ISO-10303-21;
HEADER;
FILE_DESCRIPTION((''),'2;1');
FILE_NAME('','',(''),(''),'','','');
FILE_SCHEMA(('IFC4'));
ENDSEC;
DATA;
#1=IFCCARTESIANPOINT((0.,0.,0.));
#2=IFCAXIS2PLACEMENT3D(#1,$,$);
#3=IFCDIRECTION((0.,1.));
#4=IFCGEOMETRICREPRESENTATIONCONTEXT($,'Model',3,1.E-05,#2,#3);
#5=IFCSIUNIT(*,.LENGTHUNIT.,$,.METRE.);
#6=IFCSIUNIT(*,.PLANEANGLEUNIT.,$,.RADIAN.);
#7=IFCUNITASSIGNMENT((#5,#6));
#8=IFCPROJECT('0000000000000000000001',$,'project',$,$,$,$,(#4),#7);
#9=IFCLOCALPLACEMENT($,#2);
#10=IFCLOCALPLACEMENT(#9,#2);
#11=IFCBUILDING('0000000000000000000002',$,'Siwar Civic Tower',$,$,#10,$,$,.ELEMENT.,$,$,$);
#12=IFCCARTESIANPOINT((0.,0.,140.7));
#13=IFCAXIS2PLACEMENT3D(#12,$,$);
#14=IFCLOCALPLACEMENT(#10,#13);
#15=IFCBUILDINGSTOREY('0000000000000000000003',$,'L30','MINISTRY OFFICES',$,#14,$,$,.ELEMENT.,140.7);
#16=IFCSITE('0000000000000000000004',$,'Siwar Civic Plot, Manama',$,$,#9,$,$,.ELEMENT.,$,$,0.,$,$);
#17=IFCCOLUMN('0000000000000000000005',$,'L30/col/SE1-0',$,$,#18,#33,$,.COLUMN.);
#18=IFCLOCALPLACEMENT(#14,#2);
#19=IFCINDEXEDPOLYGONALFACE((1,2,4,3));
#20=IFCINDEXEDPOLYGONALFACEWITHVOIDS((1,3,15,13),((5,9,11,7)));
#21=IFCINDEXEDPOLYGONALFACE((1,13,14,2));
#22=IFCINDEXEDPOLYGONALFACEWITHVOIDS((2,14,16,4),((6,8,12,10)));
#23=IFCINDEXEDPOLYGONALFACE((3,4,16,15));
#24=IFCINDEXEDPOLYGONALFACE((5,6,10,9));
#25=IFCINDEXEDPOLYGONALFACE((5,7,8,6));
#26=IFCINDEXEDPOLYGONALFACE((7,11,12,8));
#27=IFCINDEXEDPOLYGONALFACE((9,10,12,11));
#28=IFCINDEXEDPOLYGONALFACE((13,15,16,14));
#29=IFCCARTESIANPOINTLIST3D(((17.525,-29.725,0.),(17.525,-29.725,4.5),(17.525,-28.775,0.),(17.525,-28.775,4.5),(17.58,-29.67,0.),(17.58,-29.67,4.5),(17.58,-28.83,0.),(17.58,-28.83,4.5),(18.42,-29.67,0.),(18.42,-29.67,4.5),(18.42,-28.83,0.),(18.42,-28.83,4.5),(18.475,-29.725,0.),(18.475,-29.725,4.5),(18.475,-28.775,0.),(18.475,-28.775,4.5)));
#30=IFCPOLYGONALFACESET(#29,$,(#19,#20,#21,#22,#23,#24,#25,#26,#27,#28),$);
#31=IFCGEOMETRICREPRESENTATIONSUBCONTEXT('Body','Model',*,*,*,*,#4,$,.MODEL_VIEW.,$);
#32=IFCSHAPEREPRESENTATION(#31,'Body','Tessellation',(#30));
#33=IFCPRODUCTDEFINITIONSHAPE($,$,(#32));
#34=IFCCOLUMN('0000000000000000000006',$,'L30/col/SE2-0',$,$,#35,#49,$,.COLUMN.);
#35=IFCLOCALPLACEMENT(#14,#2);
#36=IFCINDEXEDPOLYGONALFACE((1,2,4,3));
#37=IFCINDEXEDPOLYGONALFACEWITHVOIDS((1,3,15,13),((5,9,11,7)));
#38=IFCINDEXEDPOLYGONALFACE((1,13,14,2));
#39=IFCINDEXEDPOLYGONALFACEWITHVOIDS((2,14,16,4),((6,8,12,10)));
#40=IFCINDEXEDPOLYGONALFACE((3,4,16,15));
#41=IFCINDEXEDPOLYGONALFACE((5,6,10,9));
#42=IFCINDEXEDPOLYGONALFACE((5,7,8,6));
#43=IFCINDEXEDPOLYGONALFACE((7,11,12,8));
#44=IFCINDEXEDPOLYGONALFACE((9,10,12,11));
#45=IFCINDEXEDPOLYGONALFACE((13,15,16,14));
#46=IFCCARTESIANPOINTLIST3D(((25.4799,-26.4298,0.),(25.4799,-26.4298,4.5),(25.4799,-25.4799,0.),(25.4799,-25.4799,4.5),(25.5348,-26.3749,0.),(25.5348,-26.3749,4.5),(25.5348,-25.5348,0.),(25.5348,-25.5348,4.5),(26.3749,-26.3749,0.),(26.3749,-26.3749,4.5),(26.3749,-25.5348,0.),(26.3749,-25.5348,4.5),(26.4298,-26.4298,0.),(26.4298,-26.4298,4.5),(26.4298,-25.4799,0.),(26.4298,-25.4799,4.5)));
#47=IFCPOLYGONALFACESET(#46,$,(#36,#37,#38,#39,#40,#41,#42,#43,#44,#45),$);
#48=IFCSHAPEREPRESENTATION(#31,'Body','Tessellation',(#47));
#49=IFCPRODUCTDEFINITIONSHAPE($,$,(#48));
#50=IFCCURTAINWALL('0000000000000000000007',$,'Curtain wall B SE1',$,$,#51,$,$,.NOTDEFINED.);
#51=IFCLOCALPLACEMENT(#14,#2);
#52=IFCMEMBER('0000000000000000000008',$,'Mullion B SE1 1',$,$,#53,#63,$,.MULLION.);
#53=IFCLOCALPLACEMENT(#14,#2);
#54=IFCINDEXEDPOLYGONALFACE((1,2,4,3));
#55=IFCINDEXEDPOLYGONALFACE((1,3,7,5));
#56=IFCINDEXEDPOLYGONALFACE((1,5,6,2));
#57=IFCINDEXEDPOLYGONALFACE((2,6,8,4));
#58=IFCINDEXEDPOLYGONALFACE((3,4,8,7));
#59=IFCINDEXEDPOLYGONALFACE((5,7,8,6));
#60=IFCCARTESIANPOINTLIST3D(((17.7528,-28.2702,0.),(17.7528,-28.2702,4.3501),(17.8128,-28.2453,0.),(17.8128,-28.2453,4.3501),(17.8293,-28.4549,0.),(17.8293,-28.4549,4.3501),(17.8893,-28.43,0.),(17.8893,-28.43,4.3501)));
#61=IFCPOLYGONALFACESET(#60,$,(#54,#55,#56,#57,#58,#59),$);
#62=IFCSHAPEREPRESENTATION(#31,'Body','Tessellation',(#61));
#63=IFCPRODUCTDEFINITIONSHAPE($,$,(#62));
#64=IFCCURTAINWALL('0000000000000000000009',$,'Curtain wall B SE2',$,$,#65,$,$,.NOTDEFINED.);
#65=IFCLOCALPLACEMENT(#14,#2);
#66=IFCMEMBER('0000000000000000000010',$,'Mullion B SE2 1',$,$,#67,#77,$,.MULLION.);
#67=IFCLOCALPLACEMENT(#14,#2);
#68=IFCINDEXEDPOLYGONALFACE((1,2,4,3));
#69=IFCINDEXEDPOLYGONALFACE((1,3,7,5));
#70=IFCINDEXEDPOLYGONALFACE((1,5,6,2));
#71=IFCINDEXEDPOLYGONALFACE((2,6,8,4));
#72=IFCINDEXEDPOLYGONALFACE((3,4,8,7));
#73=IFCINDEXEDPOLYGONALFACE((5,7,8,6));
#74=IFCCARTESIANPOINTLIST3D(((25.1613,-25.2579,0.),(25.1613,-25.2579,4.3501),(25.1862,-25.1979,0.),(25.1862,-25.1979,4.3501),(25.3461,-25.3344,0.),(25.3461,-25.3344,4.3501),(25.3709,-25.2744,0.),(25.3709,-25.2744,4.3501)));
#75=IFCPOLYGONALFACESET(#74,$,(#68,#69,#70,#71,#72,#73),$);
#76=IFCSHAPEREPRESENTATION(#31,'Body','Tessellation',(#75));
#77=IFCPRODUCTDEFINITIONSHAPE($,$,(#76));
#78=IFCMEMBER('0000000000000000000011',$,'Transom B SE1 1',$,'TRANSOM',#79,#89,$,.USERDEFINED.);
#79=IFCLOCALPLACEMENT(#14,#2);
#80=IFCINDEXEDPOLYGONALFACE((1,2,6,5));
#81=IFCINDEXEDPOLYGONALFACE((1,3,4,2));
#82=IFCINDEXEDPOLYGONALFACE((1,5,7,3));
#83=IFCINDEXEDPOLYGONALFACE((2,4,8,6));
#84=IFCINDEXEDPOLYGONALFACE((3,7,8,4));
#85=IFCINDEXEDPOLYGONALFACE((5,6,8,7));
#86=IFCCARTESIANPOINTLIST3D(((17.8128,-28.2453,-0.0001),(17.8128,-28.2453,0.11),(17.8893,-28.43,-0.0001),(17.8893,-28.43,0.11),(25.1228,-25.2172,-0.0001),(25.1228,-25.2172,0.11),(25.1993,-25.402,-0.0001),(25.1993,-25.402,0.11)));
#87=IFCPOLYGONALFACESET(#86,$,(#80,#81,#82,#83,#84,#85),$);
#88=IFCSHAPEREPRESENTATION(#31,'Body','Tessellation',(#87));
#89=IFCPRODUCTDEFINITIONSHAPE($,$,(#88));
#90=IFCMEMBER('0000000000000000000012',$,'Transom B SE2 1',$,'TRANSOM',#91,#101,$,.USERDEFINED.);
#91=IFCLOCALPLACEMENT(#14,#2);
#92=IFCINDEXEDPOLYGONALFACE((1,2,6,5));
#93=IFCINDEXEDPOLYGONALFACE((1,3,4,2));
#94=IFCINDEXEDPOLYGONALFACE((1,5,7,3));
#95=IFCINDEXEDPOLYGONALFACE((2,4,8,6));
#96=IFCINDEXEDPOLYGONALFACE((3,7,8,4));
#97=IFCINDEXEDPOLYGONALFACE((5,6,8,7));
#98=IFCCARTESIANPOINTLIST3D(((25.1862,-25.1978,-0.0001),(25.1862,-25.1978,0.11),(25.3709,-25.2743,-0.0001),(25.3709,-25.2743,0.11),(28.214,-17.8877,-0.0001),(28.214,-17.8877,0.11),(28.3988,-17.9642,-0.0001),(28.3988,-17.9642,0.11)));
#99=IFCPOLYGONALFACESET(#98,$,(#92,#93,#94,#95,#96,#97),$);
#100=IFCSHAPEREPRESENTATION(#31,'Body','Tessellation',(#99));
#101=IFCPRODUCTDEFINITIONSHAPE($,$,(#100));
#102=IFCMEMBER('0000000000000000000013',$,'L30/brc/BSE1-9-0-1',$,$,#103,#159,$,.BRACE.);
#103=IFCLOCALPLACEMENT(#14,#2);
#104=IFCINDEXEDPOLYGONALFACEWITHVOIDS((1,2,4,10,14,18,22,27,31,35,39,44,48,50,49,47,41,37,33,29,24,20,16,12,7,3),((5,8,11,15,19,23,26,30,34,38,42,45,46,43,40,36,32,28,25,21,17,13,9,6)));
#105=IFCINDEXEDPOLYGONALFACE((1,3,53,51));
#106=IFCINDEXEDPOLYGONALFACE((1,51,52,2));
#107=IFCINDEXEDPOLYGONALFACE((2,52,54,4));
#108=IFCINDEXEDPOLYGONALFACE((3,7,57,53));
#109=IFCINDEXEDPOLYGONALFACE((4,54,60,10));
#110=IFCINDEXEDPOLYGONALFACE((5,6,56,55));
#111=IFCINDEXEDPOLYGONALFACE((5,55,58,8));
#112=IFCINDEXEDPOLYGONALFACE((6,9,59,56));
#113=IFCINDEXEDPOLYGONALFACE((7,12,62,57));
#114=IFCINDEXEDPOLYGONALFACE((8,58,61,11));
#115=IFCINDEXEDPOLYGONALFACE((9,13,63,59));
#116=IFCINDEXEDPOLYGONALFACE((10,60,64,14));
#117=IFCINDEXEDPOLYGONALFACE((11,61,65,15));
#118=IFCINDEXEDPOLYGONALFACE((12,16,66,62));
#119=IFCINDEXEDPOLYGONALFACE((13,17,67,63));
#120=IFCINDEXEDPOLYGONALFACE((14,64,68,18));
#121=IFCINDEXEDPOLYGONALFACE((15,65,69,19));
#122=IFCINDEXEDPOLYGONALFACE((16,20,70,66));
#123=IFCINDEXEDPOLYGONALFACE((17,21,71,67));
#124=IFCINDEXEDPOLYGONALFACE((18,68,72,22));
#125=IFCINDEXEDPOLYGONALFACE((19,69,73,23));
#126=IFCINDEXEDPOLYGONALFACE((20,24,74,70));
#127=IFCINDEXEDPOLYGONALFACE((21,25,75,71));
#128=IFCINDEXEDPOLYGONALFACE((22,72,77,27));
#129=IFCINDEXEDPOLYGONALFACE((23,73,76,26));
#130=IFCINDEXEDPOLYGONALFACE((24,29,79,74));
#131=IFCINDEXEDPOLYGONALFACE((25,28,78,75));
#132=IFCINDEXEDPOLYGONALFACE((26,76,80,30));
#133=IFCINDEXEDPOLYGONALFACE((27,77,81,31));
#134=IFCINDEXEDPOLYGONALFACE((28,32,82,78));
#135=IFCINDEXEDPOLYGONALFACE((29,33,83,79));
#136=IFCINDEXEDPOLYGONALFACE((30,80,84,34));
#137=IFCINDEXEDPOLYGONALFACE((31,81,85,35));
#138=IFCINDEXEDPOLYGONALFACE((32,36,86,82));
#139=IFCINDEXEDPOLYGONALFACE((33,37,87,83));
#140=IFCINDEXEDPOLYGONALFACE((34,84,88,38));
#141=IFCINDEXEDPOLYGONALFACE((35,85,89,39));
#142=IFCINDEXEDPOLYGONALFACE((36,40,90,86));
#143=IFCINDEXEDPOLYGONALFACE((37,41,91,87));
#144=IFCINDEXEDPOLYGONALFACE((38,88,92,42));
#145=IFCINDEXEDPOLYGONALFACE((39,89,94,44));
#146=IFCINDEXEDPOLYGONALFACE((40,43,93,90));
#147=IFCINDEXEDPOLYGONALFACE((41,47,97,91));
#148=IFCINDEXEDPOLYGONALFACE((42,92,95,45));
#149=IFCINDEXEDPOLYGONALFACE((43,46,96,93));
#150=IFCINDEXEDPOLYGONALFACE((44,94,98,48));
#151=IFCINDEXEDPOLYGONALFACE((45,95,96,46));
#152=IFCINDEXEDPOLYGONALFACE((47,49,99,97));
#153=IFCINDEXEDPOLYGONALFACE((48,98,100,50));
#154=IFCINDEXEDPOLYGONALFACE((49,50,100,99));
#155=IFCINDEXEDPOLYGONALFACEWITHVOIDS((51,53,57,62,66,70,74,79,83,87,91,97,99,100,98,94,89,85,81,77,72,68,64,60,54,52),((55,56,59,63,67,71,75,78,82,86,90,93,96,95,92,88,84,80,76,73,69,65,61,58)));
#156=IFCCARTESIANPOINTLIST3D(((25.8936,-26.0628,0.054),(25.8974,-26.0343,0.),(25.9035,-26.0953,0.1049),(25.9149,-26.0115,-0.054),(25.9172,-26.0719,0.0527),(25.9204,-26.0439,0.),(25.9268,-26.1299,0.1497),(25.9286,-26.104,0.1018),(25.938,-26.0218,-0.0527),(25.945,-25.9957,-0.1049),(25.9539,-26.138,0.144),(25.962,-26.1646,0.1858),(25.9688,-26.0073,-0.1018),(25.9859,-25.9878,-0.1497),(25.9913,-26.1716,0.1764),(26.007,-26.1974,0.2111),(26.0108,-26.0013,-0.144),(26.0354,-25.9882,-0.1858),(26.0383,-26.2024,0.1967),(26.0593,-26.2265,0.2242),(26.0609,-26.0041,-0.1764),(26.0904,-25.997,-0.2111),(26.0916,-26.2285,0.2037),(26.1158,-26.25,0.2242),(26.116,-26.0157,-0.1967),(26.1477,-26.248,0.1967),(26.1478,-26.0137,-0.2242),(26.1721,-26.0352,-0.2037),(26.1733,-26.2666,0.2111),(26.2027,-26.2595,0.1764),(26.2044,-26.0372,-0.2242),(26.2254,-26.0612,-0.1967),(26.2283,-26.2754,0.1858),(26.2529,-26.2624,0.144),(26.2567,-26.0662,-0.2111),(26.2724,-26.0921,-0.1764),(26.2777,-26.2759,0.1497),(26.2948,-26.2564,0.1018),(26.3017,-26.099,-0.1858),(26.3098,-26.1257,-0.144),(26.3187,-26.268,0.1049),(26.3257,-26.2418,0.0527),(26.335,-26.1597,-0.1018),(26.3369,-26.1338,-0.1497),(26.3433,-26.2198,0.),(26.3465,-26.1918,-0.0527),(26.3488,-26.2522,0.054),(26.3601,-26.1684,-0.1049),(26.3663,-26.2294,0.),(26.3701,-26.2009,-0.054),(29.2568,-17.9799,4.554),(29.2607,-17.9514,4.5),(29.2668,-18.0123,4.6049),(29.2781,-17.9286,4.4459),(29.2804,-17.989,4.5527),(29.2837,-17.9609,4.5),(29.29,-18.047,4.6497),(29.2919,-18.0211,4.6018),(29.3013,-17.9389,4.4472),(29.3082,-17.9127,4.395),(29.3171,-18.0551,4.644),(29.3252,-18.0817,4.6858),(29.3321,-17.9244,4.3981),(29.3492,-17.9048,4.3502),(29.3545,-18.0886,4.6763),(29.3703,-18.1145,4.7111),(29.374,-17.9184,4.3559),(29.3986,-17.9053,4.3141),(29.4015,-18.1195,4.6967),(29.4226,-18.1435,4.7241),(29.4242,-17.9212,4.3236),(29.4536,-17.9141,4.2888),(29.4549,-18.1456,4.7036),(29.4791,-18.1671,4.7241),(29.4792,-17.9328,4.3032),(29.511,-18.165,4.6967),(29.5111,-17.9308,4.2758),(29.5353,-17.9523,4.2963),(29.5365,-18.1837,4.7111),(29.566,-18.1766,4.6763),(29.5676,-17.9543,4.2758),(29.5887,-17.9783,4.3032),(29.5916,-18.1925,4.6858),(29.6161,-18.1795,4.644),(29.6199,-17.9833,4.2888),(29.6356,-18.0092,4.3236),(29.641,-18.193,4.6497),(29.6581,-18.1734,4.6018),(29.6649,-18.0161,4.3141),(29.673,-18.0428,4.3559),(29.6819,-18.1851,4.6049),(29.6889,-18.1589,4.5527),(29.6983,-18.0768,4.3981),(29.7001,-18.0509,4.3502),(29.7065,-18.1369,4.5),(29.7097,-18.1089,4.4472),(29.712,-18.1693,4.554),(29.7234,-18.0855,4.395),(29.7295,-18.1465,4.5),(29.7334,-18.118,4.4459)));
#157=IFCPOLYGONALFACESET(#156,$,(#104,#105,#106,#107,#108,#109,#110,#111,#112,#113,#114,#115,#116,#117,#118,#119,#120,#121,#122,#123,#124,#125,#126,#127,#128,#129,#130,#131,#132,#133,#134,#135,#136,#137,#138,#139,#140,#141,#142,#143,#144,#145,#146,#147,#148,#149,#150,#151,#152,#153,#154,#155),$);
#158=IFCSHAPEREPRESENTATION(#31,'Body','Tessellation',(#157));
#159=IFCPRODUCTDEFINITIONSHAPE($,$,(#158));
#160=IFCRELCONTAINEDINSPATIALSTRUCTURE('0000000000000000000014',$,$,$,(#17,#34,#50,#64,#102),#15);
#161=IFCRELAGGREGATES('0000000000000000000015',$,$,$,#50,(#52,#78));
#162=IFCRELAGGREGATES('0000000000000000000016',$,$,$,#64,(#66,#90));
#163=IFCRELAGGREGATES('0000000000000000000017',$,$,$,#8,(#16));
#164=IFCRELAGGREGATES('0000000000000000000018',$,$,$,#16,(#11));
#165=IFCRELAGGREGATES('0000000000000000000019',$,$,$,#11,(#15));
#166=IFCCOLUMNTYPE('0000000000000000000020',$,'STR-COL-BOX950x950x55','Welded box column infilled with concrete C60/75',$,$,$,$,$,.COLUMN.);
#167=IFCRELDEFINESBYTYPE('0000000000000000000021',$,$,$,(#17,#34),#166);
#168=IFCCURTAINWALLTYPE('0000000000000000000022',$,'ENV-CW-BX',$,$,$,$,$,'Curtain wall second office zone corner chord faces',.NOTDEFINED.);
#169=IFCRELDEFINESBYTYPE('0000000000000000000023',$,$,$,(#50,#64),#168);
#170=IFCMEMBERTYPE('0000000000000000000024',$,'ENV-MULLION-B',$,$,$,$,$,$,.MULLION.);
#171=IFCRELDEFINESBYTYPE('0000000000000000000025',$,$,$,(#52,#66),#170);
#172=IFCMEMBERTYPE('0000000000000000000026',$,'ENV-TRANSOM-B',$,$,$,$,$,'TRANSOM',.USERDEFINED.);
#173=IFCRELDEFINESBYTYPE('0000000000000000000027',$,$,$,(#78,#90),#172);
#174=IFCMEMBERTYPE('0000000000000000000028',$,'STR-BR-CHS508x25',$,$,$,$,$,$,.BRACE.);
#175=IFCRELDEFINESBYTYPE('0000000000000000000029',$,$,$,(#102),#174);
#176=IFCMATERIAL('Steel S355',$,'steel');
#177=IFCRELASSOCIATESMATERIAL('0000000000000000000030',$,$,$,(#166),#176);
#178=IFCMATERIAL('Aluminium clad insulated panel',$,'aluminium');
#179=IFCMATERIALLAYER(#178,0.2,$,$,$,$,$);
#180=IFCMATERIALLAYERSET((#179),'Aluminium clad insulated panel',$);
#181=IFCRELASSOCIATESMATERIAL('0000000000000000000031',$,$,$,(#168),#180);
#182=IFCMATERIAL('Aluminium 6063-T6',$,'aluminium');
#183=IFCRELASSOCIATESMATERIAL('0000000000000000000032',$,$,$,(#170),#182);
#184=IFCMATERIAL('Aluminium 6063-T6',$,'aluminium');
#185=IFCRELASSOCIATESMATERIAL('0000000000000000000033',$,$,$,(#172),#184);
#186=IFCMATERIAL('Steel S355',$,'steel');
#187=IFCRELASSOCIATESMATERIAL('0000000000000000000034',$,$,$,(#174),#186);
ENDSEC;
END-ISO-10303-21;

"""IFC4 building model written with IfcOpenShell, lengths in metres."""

from ifc_helpers import new_model, si_unit, direction, frame, origin, origin_2d, place, context, subcontext, project, spatial, rectangle, hollow_rectangle, hollow_circle, extrude, material, layer, layer_set, material_profile, profile_set, type_object, element, aggregate, save


model = new_model("IFC4")

# Units and contexts
model_context = context("Model", 3, precision=1e-05, world=origin(), true_north=direction((0.0, 1.0)))
body_context = subcontext(model_context, "Body", "Model", "MODEL_VIEW")
ifc_project = project(units=[si_unit("LENGTHUNIT", "METRE"), si_unit("PLANEANGLEUNIT", "RADIAN")], contexts=[model_context])

# Site, building, storey
site_placement = place(None, origin())
site = spatial("IfcSite", under=ifc_project, at=site_placement, Name="Siwar Civic Plot, Manama", CompositionType="ELEMENT", RefElevation=0.0)
building_placement = place(site_placement, origin())
building = spatial("IfcBuilding", under=site, at=building_placement, Name="Siwar Civic Tower", CompositionType="ELEMENT")
storey_placement = place(building_placement, frame((0.0, 0.0, 140.7)))
storey = spatial("IfcBuildingStorey", under=building, at=storey_placement, Name="L30", Description="MINISTRY OFFICES", CompositionType="ELEMENT", Elevation=140.7)

# Columns
ifc_material_1 = material(Name="Steel S355", Category="steel")
ifc_material_profile_1 = material_profile(ifc_material_1, hollow_rectangle(XDim=0.95, YDim=0.95, WallThickness=0.0549, at=origin_2d()), Name="BOX950x950x55")
ifc_profile_set_1 = profile_set([ifc_material_profile_1], Name="Steel S355")
column_type = type_object("IfcColumnType", Name="STR-COL-BOX950x950x55", Description="Welded box column infilled with concrete C60/75", PredefinedType="COLUMN", material=ifc_profile_set_1)
for number, where, z_axis, x_axis, name in (
    (1, (18.0, -29.25, 0.0), (0.0, 0.0, 1.0), (1.0, 0.0, 0.0), "L30/col/SE1-0"),
    (2, (25.9548, -25.9548, 0.0), (0.0, 0.0, 1.0), (1.0, 0.0, 0.0), "L30/col/SE2-0"),
):
    element("IfcColumn", number, at=place(storey_placement, frame(where, z_axis=z_axis, x_axis=x_axis)), inside=storey, type_object=column_type, Name=name, PredefinedType="COLUMN", context=body_context, shape_type="SweptSolid", body=[
        extrude(hollow_rectangle(XDim=0.95, YDim=0.95, WallThickness=0.0549, at=origin_2d()), origin(), (0.0, 0.0, 1.0), 4.5),
    ])

# Curtain walls, members
ifc_material_2 = material(Name="Aluminium clad insulated panel", Category="aluminium")
ifc_layer_1 = layer(ifc_material_2, 0.2)
ifc_layer_set_1 = layer_set([ifc_layer_1], Name="Aluminium clad insulated panel")
curtain_wall_type = type_object("IfcCurtainWallType", Name="ENV-CW-BX", ElementType="Curtain wall second office zone corner chord faces", PredefinedType="NOTDEFINED", material=ifc_layer_set_1)
curtain_wall_1_placement = place(storey_placement, origin())
curtain_wall_1 = element("IfcCurtainWall", 3, at=curtain_wall_1_placement, inside=storey, type_object=curtain_wall_type, Name="Curtain wall B SE1", PredefinedType="NOTDEFINED")
ifc_material_3 = material(Name="Aluminium 6063-T6", Category="aluminium")
ifc_material_profile_2 = material_profile(ifc_material_3, rectangle(XDim=0.2, YDim=0.0649, at=origin_2d()), Name="AL 200x65")
ifc_profile_set_2 = profile_set([ifc_material_profile_2], Name="Aluminium 6063-T6")
member_type_1 = type_object("IfcMemberType", Name="ENV-MULLION-B", PredefinedType="MULLION", material=ifc_profile_set_2)
member_1_placement = place(storey_placement, frame((17.821, -28.3501, 0.0), z_axis=(0.0, 0.0, 1.0), x_axis=(-0.382683, 0.92388, 0.0)))
member_1 = element("IfcMember", 4, at=member_1_placement, type_object=member_type_1, Name="Mullion B SE1 1", PredefinedType="MULLION", context=body_context, shape_type="SweptSolid", body=[
    extrude(rectangle(XDim=0.2, YDim=0.0649, at=origin_2d()), origin(), (0.0, 0.0, 1.0), 4.3501),
])
curtain_wall_2_placement = place(storey_placement, origin())
curtain_wall_2 = element("IfcCurtainWall", 5, at=curtain_wall_2_placement, inside=storey, type_object=curtain_wall_type, Name="Curtain wall B SE2", PredefinedType="NOTDEFINED")
member_2_placement = place(storey_placement, frame((25.2661, -25.2661, 0.0), z_axis=(0.0, 0.0, 1.0), x_axis=(-0.92388, 0.382683, 0.0)))
member_2 = element("IfcMember", 6, at=member_2_placement, type_object=member_type_1, Name="Mullion B SE2 1", PredefinedType="MULLION", context=body_context, shape_type="SweptSolid", body=[
    extrude(rectangle(XDim=0.2, YDim=0.0649, at=origin_2d()), origin(), (0.0, 0.0, 1.0), 4.3501),
])

# Members
ifc_material_4 = material(Name="Aluminium 6063-T6", Category="aluminium")
ifc_material_profile_3 = material_profile(ifc_material_4, rectangle(XDim=0.2, YDim=0.1101, at=origin_2d()), Name="AL 200x110")
ifc_profile_set_3 = profile_set([ifc_material_profile_3], Name="Aluminium 6063-T6")
member_type_2 = type_object("IfcMemberType", Name="ENV-TRANSOM-B", ElementType="TRANSOM", PredefinedType="USERDEFINED", material=ifc_profile_set_3)
member_3_placement = place(storey_placement, frame((17.8511, -28.3376, 0.0549), z_axis=(0.923873, 0.3827, 0.0), x_axis=(-0.3827, 0.923873, 0.0)))
member_3 = element("IfcMember", 7, at=member_3_placement, type_object=member_type_2, Name="Transom B SE1 1", ObjectType="TRANSOM", PredefinedType="USERDEFINED", context=body_context, shape_type="SweptSolid", body=[
    extrude(rectangle(XDim=0.2, YDim=0.1101, at=origin_2d()), origin(), (0.0, 0.0, 1.0), 7.9124),
])
member_4_placement = place(storey_placement, frame((25.2786, -25.2361, 0.0549), z_axis=(0.382673, 0.923884, 0.0), x_axis=(-0.923884, 0.382673, 0.0)))
member_4 = element("IfcMember", 8, at=member_4_placement, type_object=member_type_2, Name="Transom B SE2 1", ObjectType="TRANSOM", PredefinedType="USERDEFINED", context=body_context, shape_type="SweptSolid", body=[
    extrude(rectangle(XDim=0.2, YDim=0.1101, at=origin_2d()), origin(), (0.0, 0.0, 1.0), 7.9124),
])

# Member
ifc_material_5 = material(Name="Steel S355", Category="steel")
ifc_material_profile_4 = material_profile(ifc_material_5, hollow_circle(Radius=0.2539, WallThickness=0.0249, at=origin_2d()), Name="CHS508x25")
ifc_profile_set_4 = profile_set([ifc_material_profile_4], Name="Steel S355")
member_type_3 = type_object("IfcMemberType", Name="STR-BR-CHS508x25", PredefinedType="BRACE", material=ifc_profile_set_4)
member_5_placement = place(storey_placement, frame((26.1318, -26.1318, 0.0), z_axis=(0.341671, 0.821143, 0.457149), x_axis=(-0.923265, 0.384164, 0.0)))
element("IfcMember", 9, at=member_5_placement, inside=storey, type_object=member_type_3, Name="L30/brc/BSE1-9-0-1", PredefinedType="BRACE", context=body_context, shape_type="SweptSolid", body=[
    extrude(hollow_circle(Radius=0.2539, WallThickness=0.0249, at=origin_2d()), origin(), (0.0, 0.0, 1.0), 9.8435),
])

aggregate(curtain_wall_1, [member_1, member_3])
aggregate(curtain_wall_2, [member_2, member_4])

save(model, "model.ifc")
